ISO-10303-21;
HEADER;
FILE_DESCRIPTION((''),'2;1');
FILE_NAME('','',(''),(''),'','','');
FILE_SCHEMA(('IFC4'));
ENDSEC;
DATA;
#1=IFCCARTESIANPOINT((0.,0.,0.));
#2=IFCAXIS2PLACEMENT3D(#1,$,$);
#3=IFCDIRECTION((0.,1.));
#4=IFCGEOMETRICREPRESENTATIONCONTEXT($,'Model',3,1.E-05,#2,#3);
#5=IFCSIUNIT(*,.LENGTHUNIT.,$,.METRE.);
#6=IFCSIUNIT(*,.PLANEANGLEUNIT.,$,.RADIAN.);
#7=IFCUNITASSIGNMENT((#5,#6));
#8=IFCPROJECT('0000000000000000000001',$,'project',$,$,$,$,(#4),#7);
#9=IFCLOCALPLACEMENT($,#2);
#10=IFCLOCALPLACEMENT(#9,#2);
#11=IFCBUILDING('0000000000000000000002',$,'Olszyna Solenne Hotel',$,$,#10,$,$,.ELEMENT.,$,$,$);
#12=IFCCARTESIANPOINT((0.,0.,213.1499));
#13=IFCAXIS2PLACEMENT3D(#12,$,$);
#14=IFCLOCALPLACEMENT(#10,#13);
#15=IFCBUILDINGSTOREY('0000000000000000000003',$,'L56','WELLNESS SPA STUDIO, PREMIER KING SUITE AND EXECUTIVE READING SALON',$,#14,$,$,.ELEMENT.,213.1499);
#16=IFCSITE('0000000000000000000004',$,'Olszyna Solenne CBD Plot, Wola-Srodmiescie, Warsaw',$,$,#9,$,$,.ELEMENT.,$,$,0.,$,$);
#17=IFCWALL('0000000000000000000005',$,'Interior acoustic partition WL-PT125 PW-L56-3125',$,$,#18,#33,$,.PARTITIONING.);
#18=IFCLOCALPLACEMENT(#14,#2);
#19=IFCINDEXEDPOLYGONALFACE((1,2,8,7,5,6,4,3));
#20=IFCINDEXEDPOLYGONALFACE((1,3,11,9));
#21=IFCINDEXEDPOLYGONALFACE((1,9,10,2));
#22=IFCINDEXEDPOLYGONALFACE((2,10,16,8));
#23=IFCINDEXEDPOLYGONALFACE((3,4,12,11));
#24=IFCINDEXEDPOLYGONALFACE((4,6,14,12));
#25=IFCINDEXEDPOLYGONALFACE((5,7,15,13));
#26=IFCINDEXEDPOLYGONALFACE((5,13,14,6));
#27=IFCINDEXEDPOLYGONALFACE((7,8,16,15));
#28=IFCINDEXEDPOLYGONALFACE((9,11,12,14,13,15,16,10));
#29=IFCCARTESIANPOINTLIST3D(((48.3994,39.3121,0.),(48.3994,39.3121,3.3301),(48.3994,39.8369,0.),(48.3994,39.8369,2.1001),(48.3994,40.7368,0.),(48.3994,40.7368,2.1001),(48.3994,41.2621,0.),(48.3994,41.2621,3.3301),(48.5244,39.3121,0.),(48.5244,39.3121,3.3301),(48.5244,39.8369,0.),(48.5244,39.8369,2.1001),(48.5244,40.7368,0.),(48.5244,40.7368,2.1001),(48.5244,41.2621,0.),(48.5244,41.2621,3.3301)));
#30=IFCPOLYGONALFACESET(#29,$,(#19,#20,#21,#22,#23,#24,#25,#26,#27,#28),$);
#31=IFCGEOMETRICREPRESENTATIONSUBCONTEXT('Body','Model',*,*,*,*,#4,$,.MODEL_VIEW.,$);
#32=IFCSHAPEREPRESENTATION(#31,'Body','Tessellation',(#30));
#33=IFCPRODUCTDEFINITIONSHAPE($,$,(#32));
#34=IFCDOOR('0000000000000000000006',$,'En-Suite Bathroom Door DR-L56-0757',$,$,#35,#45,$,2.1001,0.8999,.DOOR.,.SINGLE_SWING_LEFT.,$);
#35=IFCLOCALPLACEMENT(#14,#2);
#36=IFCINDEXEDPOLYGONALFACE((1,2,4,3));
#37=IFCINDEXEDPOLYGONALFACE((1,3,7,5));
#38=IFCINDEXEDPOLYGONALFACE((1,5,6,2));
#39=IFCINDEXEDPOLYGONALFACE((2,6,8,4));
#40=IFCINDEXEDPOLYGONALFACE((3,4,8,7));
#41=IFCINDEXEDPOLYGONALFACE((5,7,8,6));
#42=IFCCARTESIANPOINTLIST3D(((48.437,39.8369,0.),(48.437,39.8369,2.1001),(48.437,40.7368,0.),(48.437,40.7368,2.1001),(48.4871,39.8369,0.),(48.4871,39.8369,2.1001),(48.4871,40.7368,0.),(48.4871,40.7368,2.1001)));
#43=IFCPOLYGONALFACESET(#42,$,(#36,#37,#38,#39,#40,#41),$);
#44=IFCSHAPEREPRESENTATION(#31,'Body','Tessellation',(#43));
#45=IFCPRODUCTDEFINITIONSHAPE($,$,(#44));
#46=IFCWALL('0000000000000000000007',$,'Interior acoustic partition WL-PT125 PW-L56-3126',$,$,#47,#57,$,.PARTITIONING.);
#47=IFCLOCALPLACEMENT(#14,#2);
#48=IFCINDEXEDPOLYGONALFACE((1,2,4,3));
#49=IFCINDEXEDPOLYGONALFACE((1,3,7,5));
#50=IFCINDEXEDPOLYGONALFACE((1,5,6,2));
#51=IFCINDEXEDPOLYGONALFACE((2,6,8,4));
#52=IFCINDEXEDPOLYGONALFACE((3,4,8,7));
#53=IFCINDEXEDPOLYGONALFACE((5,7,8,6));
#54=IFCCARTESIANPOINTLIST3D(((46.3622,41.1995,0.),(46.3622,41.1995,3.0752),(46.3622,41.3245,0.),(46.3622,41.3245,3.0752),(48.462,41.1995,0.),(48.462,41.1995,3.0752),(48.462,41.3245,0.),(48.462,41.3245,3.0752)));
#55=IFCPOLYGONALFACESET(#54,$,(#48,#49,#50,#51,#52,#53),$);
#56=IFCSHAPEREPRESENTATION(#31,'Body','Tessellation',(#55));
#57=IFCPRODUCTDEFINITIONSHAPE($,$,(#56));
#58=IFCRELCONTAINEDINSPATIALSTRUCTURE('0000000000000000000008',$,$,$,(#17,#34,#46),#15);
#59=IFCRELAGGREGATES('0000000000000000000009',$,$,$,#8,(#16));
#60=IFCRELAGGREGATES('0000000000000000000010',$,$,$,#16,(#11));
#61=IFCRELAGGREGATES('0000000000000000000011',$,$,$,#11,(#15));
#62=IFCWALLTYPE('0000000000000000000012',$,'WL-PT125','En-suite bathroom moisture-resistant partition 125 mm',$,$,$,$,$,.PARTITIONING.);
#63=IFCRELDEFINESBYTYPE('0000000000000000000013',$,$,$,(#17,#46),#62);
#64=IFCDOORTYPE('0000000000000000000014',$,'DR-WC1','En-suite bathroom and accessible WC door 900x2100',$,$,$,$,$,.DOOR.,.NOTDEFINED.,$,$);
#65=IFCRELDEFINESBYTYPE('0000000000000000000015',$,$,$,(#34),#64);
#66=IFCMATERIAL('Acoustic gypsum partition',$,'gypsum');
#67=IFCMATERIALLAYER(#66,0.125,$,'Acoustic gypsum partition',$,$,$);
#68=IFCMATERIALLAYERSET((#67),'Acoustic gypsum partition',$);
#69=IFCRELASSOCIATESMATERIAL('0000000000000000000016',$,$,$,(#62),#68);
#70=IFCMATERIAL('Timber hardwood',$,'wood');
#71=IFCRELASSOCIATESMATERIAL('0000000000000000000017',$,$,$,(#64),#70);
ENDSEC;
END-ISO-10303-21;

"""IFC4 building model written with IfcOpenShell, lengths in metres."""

from ifc_helpers import new_model, si_unit, direction, frame, frame_2d, origin, place, context, subcontext, project, spatial, rectangle, extrude, source, transform, mapped, material, layer, layer_set, type_object, type_shapes, element, fill, save


model = new_model("IFC4")

# Units and contexts
model_context = context("Model", 3, precision=1e-05, world=origin(), true_north=direction((0.0, 1.0)))
body_context = subcontext(model_context, "Body", "Model", "MODEL_VIEW")
ifc_project = project(units=[si_unit("LENGTHUNIT", "METRE"), si_unit("PLANEANGLEUNIT", "RADIAN")], contexts=[model_context])

# Site, building, storey
site_placement = place(None, origin())
site = spatial("IfcSite", under=ifc_project, at=site_placement, Name="Olszyna Solenne CBD Plot, Wola-Srodmiescie, Warsaw", CompositionType="ELEMENT", RefElevation=0.0)
building_placement = place(site_placement, origin())
building = spatial("IfcBuilding", under=site, at=building_placement, Name="Olszyna Solenne Hotel", CompositionType="ELEMENT")
storey_placement = place(building_placement, frame((0.0, 0.0, 213.1499)))
storey = spatial("IfcBuildingStorey", under=building, at=storey_placement, Name="L56", Description="WELLNESS SPA STUDIO, PREMIER KING SUITE AND EXECUTIVE READING SALON", CompositionType="ELEMENT", Elevation=213.1499)

# Wall, opening, door
ifc_material_1 = material(Name="Acoustic gypsum partition", Category="gypsum")
ifc_layer_1 = layer(ifc_material_1, 0.125, Name="Acoustic gypsum partition")
ifc_layer_set_1 = layer_set([ifc_layer_1], Name="Acoustic gypsum partition")
wall_type_1 = type_object("IfcWallType", Name="WL-PT125", Description="En-suite bathroom moisture-resistant partition 125 mm", PredefinedType="PARTITIONING", material=ifc_layer_set_1)
wall_1_placement = place(storey_placement, frame((48.4619, 39.312, 0.0), z_axis=(0.0, 0.0, 1.0), x_axis=(0.0, 1.0, 0.0)))
wall_1 = element("IfcWall", 1, at=wall_1_placement, inside=storey, type_object=wall_type_1, Name="Interior acoustic partition WL-PT125 PW-L56-3125", PredefinedType="PARTITIONING", context=body_context, shape_type="SweptSolid", body=[
    extrude(rectangle(XDim=1.95, YDim=0.125, at=frame_2d((0.9751, 0.0))), origin(), (0.0, 0.0, 1.0), 3.3301),
])
opening_1_placement = place(wall_1_placement, frame((0.5249, 0.0, 0.0)))
opening_1 = element("IfcOpeningElement", 2, at=opening_1_placement, cuts=wall_1, PredefinedType="OPENING", context=body_context, shape_type="SweptSolid", body=[
    extrude(rectangle(XDim=0.8999, YDim=2.1001, at=frame_2d((0.45, 1.05))), frame((0.0, 0.0725, 0.0), z_axis=(0.0, -1.0, 0.0), x_axis=(1.0, 0.0, 0.0)), (0.0, 0.0, 1.0), 0.145),
])
ifc_material_2 = material(Name="Timber hardwood", Category="wood")
door_type = type_object("IfcDoorType", Name="DR-WC1", Description="En-suite bathroom and accessible WC door 900x2100", OperationType="NOTDEFINED", PredefinedType="DOOR", material=ifc_material_2)
shared_shape_1 = source(origin(), body_context, "Body", "SweptSolid", [
    extrude(rectangle(XDim=0.8999, YDim=2.1001, at=frame_2d((0.45, 1.05))), frame((0.0, 0.0249, 0.0), z_axis=(0.0, -1.0, 0.0), x_axis=(1.0, 0.0, 0.0)), (0.0, 0.0, 1.0), 0.05),
])
type_shapes(door_type, [shared_shape_1])
door_placement = place(opening_1_placement, origin())
door = element("IfcDoor", 3, at=door_placement, inside=storey, type_object=door_type, Name="En-Suite Bathroom Door DR-L56-0757", OperationType="SINGLE_SWING_LEFT", OverallHeight=2.1001, OverallWidth=0.8999, PredefinedType="DOOR", context=body_context, shape_type="MappedRepresentation", body=[
    mapped(shared_shape_1, transform((0.0, 0.0, 0.0), x_axis=(1.0, 0.0, 0.0), y_axis=(0.0, 1.0, 0.0), z_axis=(0.0, 0.0, 1.0), scale=1.0)),
])
fill(opening_1, door)

# Wall
wall_2_placement = place(storey_placement, frame((48.4619, 41.262, 0.0), z_axis=(0.0, 0.0, 1.0), x_axis=(-1.0, 0.0, 0.0)))
element("IfcWall", 4, at=wall_2_placement, inside=storey, type_object=wall_type_1, Name="Interior acoustic partition WL-PT125 PW-L56-3126", PredefinedType="PARTITIONING", context=body_context, shape_type="SweptSolid", body=[
    extrude(rectangle(XDim=2.0999, YDim=0.125, at=frame_2d((1.0498, 0.0))), origin(), (0.0, 0.0, 1.0), 3.0752),
])

save(model, "model.ifc")
